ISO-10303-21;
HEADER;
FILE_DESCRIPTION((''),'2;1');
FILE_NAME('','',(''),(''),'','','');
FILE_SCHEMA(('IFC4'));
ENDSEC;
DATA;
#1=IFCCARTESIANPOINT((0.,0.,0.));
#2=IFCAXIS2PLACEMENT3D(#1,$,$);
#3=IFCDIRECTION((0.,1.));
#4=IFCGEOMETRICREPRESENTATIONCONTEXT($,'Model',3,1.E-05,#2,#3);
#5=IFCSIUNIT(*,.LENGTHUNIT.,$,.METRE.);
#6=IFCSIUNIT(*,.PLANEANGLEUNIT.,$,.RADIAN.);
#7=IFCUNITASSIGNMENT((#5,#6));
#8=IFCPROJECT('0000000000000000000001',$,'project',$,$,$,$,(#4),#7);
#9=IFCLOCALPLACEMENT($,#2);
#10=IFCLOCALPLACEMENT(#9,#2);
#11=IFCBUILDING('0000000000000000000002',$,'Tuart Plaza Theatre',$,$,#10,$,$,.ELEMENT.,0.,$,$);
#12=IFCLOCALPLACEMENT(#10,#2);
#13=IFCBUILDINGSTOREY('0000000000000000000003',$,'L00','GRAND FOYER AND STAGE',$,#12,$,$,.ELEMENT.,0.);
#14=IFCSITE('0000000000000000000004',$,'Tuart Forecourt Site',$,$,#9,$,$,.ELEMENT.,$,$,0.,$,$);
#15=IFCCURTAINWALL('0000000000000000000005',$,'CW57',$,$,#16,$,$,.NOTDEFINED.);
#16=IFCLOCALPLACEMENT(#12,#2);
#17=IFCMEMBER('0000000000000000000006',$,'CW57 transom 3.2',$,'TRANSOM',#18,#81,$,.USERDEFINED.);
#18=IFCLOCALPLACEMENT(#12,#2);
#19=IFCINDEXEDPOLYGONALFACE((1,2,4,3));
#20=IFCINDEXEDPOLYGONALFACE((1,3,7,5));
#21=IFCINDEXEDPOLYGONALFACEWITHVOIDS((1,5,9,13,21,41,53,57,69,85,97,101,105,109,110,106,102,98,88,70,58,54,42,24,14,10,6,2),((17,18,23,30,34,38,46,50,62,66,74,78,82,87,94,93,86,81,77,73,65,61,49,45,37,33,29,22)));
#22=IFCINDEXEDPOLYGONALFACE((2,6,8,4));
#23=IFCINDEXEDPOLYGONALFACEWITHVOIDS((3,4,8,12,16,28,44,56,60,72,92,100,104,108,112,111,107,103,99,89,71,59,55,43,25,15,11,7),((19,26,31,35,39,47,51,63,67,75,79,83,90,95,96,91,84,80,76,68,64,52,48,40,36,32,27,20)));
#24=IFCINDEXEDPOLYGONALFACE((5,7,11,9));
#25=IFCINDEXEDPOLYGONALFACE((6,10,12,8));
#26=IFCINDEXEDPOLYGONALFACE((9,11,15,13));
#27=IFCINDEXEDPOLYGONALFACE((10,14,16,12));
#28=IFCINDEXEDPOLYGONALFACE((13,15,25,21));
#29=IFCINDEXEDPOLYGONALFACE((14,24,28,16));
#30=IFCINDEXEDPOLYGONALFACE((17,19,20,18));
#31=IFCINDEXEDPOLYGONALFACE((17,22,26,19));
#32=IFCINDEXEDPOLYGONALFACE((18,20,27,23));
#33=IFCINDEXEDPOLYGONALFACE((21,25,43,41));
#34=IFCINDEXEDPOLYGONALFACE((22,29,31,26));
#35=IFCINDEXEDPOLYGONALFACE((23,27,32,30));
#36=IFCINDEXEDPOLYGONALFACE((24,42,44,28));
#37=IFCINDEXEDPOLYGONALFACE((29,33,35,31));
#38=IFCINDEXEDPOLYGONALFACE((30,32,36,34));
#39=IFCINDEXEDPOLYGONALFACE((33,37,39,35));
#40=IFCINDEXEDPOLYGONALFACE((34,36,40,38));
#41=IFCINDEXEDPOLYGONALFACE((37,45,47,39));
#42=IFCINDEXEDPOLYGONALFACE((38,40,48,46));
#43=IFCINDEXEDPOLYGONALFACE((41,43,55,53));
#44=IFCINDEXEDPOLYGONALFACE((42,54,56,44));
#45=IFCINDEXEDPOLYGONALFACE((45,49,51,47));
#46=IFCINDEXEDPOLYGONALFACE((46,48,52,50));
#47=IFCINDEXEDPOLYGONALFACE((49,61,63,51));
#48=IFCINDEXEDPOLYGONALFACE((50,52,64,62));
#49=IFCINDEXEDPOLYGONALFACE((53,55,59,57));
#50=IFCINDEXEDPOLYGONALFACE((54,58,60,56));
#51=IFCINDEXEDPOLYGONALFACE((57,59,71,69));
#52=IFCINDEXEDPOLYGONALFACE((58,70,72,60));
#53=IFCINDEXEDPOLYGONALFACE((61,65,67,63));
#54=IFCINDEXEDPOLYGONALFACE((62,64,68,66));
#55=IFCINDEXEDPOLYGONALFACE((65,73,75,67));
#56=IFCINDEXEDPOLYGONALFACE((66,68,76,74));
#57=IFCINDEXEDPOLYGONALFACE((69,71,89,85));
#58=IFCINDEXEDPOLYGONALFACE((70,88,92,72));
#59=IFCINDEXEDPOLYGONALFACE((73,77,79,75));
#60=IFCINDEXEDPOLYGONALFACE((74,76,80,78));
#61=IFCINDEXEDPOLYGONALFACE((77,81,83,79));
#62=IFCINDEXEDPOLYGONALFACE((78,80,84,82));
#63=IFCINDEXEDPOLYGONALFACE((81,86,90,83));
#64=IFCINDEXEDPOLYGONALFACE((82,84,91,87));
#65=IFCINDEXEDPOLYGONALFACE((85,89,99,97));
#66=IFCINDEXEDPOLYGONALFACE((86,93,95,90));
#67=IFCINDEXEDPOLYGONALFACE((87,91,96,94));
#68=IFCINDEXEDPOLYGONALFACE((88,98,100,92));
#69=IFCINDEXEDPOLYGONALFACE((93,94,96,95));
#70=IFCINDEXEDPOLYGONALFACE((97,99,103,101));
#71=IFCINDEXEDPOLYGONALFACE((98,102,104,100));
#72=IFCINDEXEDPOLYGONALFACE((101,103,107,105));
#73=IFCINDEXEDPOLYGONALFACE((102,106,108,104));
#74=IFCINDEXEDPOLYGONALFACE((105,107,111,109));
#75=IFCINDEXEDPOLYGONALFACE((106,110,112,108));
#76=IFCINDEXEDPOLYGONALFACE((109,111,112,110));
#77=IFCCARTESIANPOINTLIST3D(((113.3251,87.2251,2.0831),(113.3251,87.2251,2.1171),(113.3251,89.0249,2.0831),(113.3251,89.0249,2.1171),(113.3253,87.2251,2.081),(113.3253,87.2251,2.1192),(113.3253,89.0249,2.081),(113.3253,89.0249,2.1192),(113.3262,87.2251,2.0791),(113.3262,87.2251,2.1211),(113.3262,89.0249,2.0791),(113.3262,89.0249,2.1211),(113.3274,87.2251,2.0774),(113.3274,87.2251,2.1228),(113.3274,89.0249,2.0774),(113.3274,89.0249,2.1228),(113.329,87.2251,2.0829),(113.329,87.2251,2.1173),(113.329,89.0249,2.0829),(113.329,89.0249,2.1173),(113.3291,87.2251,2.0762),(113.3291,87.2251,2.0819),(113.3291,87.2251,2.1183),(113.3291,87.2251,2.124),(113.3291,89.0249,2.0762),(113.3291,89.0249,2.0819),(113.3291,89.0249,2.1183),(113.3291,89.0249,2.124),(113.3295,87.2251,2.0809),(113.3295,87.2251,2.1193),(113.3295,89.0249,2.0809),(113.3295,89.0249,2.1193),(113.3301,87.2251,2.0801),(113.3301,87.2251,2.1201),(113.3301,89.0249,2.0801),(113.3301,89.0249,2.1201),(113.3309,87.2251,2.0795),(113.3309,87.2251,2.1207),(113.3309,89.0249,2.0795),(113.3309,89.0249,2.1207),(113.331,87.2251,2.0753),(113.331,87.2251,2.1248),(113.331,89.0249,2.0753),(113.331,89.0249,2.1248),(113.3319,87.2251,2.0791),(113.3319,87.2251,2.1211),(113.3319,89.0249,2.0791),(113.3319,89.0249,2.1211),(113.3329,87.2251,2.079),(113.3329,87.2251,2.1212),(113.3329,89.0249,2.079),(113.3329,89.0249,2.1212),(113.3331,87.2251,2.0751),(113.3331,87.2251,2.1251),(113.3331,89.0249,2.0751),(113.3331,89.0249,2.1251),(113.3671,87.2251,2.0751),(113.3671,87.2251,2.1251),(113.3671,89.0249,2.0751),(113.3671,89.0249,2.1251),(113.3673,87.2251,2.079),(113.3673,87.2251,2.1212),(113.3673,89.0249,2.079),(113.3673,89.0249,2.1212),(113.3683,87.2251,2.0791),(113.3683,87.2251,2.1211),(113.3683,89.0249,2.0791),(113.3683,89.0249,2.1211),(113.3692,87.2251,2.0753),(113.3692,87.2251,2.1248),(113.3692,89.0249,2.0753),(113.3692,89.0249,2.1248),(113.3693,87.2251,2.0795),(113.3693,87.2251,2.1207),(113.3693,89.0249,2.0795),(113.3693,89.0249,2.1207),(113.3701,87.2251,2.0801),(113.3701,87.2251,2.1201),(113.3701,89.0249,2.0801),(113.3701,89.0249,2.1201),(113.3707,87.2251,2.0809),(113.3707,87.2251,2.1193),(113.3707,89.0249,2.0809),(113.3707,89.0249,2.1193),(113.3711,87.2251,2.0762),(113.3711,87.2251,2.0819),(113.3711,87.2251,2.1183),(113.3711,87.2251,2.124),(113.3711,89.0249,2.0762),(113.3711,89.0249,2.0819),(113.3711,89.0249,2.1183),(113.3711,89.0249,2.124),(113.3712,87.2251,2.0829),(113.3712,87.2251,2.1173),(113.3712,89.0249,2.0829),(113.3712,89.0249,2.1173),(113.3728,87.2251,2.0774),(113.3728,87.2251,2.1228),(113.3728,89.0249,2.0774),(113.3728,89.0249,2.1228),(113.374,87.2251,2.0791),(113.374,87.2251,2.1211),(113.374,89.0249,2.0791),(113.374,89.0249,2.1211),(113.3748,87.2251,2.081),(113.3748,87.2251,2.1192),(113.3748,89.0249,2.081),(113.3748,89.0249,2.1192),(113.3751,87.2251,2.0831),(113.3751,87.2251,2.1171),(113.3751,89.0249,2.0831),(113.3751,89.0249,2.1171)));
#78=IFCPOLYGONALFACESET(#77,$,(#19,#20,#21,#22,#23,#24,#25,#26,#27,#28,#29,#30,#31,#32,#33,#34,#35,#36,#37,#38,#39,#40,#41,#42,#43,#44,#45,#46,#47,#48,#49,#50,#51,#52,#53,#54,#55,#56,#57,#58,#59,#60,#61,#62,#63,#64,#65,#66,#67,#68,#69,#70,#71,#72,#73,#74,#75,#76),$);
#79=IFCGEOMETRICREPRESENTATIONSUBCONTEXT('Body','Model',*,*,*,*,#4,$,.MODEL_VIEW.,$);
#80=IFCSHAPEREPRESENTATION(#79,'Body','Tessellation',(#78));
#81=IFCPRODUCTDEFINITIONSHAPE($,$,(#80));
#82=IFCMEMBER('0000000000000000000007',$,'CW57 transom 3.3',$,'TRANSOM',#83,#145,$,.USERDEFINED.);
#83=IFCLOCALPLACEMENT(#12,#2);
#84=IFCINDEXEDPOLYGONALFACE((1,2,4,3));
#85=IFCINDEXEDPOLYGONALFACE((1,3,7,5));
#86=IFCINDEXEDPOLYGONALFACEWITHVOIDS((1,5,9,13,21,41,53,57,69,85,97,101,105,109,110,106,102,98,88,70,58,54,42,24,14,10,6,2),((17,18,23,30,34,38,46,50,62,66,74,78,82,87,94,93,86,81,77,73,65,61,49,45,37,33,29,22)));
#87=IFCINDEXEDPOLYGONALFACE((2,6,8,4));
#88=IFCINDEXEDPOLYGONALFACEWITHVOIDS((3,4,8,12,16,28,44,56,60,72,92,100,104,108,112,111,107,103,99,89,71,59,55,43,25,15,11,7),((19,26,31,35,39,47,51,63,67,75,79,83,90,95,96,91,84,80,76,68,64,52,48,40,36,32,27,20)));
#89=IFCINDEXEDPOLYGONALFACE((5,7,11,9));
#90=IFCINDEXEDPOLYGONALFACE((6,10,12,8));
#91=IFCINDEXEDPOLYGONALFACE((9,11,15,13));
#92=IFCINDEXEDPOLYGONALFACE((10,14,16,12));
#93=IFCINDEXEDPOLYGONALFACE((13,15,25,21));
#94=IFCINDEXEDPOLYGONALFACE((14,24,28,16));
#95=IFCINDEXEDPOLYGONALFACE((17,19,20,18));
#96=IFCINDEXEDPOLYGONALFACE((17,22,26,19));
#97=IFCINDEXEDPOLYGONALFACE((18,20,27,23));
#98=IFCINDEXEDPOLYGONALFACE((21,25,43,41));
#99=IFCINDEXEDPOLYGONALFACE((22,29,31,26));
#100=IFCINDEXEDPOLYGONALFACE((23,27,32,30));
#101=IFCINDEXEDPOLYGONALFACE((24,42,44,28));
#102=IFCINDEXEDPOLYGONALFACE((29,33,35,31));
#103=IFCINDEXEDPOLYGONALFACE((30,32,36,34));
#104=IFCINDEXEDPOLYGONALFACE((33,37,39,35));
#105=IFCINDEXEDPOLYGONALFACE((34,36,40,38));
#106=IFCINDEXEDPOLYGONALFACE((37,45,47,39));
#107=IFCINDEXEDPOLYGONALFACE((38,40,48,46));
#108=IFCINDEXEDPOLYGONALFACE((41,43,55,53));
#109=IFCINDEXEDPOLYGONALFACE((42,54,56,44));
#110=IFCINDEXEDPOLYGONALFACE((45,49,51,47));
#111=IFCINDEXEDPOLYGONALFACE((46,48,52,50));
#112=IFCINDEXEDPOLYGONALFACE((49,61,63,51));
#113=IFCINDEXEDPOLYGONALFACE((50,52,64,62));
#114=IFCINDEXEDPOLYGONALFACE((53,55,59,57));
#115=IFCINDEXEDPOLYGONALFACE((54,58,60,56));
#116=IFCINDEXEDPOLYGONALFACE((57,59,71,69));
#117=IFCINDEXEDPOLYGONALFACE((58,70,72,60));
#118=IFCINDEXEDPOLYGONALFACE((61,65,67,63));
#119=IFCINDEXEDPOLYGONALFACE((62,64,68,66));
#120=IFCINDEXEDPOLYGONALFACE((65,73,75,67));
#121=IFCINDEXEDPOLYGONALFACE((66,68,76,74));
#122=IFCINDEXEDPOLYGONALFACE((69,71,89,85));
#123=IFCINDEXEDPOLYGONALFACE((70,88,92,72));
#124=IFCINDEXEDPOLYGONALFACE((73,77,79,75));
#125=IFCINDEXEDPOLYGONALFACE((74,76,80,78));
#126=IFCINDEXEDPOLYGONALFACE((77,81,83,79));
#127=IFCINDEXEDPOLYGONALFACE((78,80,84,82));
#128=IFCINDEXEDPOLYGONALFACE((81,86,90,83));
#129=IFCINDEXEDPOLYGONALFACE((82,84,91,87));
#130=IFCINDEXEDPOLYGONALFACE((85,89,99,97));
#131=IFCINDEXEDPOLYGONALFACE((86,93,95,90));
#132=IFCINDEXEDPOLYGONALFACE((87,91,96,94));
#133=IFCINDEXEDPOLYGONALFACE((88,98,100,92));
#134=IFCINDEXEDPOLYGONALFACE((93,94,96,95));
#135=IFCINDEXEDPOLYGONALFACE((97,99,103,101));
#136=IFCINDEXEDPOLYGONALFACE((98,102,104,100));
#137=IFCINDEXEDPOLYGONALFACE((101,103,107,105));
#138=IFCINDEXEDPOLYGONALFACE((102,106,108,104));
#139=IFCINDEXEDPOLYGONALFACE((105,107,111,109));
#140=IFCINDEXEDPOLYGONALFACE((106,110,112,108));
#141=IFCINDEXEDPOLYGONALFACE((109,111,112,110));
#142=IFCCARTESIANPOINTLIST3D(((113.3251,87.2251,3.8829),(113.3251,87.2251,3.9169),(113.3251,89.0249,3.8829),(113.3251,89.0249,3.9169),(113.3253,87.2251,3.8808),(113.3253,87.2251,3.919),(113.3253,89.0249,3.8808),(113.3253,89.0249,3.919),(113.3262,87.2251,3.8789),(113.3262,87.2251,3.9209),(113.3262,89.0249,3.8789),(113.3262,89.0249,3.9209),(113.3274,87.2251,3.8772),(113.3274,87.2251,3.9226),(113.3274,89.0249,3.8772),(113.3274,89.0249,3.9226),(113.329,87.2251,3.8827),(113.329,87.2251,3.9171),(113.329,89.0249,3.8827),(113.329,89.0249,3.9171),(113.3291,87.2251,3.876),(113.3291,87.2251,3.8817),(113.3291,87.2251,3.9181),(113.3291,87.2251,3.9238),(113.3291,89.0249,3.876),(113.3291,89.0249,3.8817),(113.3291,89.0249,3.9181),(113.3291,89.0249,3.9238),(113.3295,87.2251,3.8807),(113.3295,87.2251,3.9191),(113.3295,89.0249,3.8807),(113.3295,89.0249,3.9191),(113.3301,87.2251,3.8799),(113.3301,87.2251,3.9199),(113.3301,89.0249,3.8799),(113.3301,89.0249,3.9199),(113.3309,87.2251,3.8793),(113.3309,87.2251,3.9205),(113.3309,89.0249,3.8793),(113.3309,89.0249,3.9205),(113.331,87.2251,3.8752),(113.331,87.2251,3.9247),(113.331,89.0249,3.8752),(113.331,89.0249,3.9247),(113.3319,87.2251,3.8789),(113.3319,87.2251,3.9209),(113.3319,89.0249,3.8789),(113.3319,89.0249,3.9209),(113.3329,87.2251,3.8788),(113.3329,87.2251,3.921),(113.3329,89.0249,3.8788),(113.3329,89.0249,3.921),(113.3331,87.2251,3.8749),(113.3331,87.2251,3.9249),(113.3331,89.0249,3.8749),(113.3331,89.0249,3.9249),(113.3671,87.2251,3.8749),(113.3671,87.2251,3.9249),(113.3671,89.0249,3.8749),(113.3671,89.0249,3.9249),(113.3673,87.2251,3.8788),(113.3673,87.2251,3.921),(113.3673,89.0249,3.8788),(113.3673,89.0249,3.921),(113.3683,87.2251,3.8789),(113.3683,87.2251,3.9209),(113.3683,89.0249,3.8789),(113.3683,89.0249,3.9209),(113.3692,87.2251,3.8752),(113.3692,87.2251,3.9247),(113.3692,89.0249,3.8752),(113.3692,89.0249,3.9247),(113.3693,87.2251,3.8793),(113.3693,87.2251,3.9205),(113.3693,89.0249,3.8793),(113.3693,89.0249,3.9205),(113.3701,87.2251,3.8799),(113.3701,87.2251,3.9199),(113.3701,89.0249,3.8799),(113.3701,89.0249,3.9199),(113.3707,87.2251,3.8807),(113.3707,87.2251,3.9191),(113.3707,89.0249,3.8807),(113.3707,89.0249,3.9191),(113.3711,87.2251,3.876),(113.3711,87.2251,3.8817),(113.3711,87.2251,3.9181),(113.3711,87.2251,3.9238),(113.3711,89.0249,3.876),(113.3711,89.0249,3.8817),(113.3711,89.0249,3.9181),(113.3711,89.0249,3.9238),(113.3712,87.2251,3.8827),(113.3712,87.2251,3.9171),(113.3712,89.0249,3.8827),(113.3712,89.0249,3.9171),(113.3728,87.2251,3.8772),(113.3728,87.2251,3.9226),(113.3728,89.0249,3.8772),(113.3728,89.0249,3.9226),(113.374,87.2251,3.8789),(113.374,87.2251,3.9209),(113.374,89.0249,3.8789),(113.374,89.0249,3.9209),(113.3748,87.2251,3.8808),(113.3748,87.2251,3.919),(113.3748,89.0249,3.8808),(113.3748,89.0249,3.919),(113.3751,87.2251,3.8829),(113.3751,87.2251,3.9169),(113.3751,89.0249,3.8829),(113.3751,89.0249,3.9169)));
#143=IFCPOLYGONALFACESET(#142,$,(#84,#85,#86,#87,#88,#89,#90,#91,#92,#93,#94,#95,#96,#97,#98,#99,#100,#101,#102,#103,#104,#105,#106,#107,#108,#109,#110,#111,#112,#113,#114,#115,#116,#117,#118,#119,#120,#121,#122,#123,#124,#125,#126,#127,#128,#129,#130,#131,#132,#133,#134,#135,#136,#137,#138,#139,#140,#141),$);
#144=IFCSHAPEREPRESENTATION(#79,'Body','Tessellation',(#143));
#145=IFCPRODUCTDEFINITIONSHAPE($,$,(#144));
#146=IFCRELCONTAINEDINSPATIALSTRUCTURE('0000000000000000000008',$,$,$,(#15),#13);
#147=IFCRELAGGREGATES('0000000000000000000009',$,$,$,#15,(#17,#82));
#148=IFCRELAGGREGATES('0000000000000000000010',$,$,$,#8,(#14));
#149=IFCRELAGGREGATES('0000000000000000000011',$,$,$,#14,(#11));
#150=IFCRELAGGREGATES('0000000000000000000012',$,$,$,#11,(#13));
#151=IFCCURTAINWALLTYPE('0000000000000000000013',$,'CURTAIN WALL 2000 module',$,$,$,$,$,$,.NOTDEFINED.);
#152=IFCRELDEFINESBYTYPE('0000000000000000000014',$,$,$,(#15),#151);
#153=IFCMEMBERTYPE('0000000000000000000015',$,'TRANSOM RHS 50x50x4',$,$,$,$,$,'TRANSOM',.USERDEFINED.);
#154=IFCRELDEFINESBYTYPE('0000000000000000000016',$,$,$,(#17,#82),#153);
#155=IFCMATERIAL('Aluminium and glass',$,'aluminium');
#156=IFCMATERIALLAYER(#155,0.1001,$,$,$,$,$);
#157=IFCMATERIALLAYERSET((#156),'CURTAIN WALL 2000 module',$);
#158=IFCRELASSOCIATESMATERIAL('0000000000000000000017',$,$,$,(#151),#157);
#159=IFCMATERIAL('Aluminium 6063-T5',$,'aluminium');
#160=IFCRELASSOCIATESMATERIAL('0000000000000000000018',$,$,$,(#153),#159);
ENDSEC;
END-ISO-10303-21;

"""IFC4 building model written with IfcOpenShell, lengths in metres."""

from ifc_helpers import new_model, si_unit, direction, frame, origin, origin_2d, place, context, subcontext, project, spatial, hollow_rectangle, extrude, material, layer, layer_set, material_profile, profile_set, type_object, element, aggregate, save


model = new_model("IFC4")

# Units and contexts
model_context = context("Model", 3, precision=1e-05, world=origin(), true_north=direction((0.0, 1.0)))
body_context = subcontext(model_context, "Body", "Model", "MODEL_VIEW")
ifc_project = project(units=[si_unit("LENGTHUNIT", "METRE"), si_unit("PLANEANGLEUNIT", "RADIAN")], contexts=[model_context])

# Site, building, storey
site_placement = place(None, origin())
site = spatial("IfcSite", under=ifc_project, at=site_placement, Name="Tuart Forecourt Site", CompositionType="ELEMENT", RefElevation=0.0)
building_placement = place(site_placement, origin())
building = spatial("IfcBuilding", under=site, at=building_placement, Name="Tuart Plaza Theatre", CompositionType="ELEMENT", ElevationOfRefHeight=0.0)
storey_placement = place(building_placement, origin())
storey = spatial("IfcBuildingStorey", under=building, at=storey_placement, Name="L00", Description="GRAND FOYER AND STAGE", CompositionType="ELEMENT", Elevation=0.0)

# Curtain wall, members
ifc_material_1 = material(Name="Aluminium and glass", Category="aluminium")
ifc_layer_1 = layer(ifc_material_1, 0.1001)
ifc_layer_set_1 = layer_set([ifc_layer_1], Name="CURTAIN WALL 2000 module")
curtain_wall_type_1 = type_object("IfcCurtainWallType", Name="CURTAIN WALL 2000 module", PredefinedType="NOTDEFINED", material=ifc_layer_set_1)
curtain_wall_1_placement = place(storey_placement, origin())
curtain_wall_1 = element("IfcCurtainWall", 1, at=curtain_wall_1_placement, inside=storey, type_object=curtain_wall_type_1, Name="CW57", PredefinedType="NOTDEFINED")
ifc_material_2 = material(Name="Aluminium 6063-T5", Category="aluminium")
ifc_material_profile_1 = material_profile(ifc_material_2, hollow_rectangle(XDim=0.05, YDim=0.05, WallThickness=0.0039, InnerFilletRadius=0.0039, OuterFilletRadius=0.0081, at=origin_2d()), Name="RHS 50x50x4")
ifc_profile_set_1 = profile_set([ifc_material_profile_1], Name="Aluminium 6063-T5")
member_type_1 = type_object("IfcMemberType", Name="TRANSOM RHS 50x50x4", ElementType="TRANSOM", PredefinedType="USERDEFINED", material=ifc_profile_set_1)
member_1_placement = place(storey_placement, frame((113.3501, 89.0249, 2.1001), z_axis=(0.0, -1.0, 0.0), x_axis=(1.0, 0.0, 0.0)))
member_1 = element("IfcMember", 2, at=member_1_placement, type_object=member_type_1, Name="CW57 transom 3.2", ObjectType="TRANSOM", PredefinedType="USERDEFINED", context=body_context, shape_type="SweptSolid", body=[
    extrude(hollow_rectangle(XDim=0.05, YDim=0.05, WallThickness=0.0039, InnerFilletRadius=0.0039, OuterFilletRadius=0.0081, at=origin_2d()), origin(), (0.0, 0.0, 1.0), 1.7998),
])
member_2_placement = place(storey_placement, frame((113.3501, 89.0249, 3.8999), z_axis=(0.0, -1.0, 0.0), x_axis=(1.0, 0.0, 0.0)))
member_2 = element("IfcMember", 3, at=member_2_placement, type_object=member_type_1, Name="CW57 transom 3.3", ObjectType="TRANSOM", PredefinedType="USERDEFINED", context=body_context, shape_type="SweptSolid", body=[
    extrude(hollow_rectangle(XDim=0.05, YDim=0.05, WallThickness=0.0039, InnerFilletRadius=0.0039, OuterFilletRadius=0.0081, at=origin_2d()), origin(), (0.0, 0.0, 1.0), 1.7998),
])
aggregate(curtain_wall_1, [member_1, member_2])

save(model, "model.ifc")
